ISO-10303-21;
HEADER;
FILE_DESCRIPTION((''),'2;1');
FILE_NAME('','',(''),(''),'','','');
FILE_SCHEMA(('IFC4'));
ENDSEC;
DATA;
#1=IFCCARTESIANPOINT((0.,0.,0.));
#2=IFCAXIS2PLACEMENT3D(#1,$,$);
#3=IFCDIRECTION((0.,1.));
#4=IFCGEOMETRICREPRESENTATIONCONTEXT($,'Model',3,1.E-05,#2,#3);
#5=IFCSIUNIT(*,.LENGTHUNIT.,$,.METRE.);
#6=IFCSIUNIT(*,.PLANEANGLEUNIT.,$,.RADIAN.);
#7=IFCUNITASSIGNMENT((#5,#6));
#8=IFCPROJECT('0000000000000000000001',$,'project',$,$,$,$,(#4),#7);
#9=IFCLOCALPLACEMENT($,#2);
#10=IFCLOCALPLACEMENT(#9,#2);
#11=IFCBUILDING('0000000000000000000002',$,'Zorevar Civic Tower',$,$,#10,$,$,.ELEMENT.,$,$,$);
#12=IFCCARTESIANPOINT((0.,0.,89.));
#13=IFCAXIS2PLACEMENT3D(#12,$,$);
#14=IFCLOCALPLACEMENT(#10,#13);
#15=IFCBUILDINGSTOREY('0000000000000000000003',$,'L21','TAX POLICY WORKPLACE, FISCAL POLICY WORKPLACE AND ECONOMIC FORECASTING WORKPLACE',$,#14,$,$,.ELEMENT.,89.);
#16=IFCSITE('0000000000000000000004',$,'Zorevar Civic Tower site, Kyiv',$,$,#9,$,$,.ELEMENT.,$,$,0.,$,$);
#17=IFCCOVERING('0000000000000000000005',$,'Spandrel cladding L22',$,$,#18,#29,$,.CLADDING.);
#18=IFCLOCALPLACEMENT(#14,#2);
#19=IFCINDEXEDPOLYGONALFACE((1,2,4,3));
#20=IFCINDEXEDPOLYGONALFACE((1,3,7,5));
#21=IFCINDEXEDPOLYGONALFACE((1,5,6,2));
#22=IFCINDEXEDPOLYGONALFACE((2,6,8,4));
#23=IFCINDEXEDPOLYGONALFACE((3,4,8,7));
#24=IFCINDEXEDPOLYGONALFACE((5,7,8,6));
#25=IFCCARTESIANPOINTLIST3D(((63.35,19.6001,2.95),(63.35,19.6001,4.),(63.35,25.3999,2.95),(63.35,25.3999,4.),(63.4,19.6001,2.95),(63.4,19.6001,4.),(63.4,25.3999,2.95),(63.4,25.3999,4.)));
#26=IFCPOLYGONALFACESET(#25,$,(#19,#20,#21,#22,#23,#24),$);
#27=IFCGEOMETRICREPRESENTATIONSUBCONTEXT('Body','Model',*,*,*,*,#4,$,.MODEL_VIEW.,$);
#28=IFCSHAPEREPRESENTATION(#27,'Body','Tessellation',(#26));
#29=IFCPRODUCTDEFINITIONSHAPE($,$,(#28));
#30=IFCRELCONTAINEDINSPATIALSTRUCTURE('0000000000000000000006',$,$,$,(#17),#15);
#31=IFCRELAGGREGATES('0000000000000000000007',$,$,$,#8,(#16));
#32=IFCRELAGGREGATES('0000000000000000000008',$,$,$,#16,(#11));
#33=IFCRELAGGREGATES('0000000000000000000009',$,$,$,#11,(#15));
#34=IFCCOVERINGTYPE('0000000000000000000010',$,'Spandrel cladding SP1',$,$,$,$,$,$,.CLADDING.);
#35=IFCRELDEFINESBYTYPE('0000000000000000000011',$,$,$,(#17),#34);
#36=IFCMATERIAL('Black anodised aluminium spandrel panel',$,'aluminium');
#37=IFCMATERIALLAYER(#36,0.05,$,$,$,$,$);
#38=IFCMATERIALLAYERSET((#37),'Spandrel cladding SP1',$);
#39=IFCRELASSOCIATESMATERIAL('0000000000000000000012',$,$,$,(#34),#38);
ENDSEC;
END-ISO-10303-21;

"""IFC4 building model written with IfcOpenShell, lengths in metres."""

from ifc_helpers import new_model, si_unit, direction, frame, frame_2d, origin, place, context, subcontext, project, spatial, rectangle, extrude, material, layer, layer_set, type_object, element, save


model = new_model("IFC4")

# Units and contexts
model_context = context("Model", 3, precision=1e-05, world=origin(), true_north=direction((0.0, 1.0)))
body_context = subcontext(model_context, "Body", "Model", "MODEL_VIEW")
ifc_project = project(units=[si_unit("LENGTHUNIT", "METRE"), si_unit("PLANEANGLEUNIT", "RADIAN")], contexts=[model_context])

# Site, building, storey
site_placement = place(None, origin())
site = spatial("IfcSite", under=ifc_project, at=site_placement, Name="Zorevar Civic Tower site, Kyiv", CompositionType="ELEMENT", RefElevation=0.0)
building_placement = place(site_placement, origin())
building = spatial("IfcBuilding", under=site, at=building_placement, Name="Zorevar Civic Tower", CompositionType="ELEMENT")
storey_placement = place(building_placement, frame((0.0, 0.0, 89.0)))
storey = spatial("IfcBuildingStorey", under=building, at=storey_placement, Name="L21", Description="TAX POLICY WORKPLACE, FISCAL POLICY WORKPLACE AND ECONOMIC FORECASTING WORKPLACE", CompositionType="ELEMENT", Elevation=89.0)

# Covering
ifc_material_1 = material(Name="Black anodised aluminium spandrel panel", Category="aluminium")
ifc_layer_1 = layer(ifc_material_1, 0.05)
ifc_layer_set_1 = layer_set([ifc_layer_1], Name="Spandrel cladding SP1")
covering_type = type_object("IfcCoveringType", Name="Spandrel cladding SP1", PredefinedType="CLADDING", material=ifc_layer_set_1)
covering_1_placement = place(storey_placement, frame((63.375, 19.6001, 2.95), z_axis=(0.0, 0.0, 1.0), x_axis=(0.0, 1.0, 0.0)))
element("IfcCovering", 1, at=covering_1_placement, inside=storey, type_object=covering_type, Name="Spandrel cladding L22", PredefinedType="CLADDING", context=body_context, shape_type="SweptSolid", body=[
    extrude(rectangle(XDim=5.7998, YDim=0.05, at=frame_2d((2.8999, 0.0))), origin(), (0.0, 0.0, 1.0), 1.05),
])

save(model, "model.ifc")
